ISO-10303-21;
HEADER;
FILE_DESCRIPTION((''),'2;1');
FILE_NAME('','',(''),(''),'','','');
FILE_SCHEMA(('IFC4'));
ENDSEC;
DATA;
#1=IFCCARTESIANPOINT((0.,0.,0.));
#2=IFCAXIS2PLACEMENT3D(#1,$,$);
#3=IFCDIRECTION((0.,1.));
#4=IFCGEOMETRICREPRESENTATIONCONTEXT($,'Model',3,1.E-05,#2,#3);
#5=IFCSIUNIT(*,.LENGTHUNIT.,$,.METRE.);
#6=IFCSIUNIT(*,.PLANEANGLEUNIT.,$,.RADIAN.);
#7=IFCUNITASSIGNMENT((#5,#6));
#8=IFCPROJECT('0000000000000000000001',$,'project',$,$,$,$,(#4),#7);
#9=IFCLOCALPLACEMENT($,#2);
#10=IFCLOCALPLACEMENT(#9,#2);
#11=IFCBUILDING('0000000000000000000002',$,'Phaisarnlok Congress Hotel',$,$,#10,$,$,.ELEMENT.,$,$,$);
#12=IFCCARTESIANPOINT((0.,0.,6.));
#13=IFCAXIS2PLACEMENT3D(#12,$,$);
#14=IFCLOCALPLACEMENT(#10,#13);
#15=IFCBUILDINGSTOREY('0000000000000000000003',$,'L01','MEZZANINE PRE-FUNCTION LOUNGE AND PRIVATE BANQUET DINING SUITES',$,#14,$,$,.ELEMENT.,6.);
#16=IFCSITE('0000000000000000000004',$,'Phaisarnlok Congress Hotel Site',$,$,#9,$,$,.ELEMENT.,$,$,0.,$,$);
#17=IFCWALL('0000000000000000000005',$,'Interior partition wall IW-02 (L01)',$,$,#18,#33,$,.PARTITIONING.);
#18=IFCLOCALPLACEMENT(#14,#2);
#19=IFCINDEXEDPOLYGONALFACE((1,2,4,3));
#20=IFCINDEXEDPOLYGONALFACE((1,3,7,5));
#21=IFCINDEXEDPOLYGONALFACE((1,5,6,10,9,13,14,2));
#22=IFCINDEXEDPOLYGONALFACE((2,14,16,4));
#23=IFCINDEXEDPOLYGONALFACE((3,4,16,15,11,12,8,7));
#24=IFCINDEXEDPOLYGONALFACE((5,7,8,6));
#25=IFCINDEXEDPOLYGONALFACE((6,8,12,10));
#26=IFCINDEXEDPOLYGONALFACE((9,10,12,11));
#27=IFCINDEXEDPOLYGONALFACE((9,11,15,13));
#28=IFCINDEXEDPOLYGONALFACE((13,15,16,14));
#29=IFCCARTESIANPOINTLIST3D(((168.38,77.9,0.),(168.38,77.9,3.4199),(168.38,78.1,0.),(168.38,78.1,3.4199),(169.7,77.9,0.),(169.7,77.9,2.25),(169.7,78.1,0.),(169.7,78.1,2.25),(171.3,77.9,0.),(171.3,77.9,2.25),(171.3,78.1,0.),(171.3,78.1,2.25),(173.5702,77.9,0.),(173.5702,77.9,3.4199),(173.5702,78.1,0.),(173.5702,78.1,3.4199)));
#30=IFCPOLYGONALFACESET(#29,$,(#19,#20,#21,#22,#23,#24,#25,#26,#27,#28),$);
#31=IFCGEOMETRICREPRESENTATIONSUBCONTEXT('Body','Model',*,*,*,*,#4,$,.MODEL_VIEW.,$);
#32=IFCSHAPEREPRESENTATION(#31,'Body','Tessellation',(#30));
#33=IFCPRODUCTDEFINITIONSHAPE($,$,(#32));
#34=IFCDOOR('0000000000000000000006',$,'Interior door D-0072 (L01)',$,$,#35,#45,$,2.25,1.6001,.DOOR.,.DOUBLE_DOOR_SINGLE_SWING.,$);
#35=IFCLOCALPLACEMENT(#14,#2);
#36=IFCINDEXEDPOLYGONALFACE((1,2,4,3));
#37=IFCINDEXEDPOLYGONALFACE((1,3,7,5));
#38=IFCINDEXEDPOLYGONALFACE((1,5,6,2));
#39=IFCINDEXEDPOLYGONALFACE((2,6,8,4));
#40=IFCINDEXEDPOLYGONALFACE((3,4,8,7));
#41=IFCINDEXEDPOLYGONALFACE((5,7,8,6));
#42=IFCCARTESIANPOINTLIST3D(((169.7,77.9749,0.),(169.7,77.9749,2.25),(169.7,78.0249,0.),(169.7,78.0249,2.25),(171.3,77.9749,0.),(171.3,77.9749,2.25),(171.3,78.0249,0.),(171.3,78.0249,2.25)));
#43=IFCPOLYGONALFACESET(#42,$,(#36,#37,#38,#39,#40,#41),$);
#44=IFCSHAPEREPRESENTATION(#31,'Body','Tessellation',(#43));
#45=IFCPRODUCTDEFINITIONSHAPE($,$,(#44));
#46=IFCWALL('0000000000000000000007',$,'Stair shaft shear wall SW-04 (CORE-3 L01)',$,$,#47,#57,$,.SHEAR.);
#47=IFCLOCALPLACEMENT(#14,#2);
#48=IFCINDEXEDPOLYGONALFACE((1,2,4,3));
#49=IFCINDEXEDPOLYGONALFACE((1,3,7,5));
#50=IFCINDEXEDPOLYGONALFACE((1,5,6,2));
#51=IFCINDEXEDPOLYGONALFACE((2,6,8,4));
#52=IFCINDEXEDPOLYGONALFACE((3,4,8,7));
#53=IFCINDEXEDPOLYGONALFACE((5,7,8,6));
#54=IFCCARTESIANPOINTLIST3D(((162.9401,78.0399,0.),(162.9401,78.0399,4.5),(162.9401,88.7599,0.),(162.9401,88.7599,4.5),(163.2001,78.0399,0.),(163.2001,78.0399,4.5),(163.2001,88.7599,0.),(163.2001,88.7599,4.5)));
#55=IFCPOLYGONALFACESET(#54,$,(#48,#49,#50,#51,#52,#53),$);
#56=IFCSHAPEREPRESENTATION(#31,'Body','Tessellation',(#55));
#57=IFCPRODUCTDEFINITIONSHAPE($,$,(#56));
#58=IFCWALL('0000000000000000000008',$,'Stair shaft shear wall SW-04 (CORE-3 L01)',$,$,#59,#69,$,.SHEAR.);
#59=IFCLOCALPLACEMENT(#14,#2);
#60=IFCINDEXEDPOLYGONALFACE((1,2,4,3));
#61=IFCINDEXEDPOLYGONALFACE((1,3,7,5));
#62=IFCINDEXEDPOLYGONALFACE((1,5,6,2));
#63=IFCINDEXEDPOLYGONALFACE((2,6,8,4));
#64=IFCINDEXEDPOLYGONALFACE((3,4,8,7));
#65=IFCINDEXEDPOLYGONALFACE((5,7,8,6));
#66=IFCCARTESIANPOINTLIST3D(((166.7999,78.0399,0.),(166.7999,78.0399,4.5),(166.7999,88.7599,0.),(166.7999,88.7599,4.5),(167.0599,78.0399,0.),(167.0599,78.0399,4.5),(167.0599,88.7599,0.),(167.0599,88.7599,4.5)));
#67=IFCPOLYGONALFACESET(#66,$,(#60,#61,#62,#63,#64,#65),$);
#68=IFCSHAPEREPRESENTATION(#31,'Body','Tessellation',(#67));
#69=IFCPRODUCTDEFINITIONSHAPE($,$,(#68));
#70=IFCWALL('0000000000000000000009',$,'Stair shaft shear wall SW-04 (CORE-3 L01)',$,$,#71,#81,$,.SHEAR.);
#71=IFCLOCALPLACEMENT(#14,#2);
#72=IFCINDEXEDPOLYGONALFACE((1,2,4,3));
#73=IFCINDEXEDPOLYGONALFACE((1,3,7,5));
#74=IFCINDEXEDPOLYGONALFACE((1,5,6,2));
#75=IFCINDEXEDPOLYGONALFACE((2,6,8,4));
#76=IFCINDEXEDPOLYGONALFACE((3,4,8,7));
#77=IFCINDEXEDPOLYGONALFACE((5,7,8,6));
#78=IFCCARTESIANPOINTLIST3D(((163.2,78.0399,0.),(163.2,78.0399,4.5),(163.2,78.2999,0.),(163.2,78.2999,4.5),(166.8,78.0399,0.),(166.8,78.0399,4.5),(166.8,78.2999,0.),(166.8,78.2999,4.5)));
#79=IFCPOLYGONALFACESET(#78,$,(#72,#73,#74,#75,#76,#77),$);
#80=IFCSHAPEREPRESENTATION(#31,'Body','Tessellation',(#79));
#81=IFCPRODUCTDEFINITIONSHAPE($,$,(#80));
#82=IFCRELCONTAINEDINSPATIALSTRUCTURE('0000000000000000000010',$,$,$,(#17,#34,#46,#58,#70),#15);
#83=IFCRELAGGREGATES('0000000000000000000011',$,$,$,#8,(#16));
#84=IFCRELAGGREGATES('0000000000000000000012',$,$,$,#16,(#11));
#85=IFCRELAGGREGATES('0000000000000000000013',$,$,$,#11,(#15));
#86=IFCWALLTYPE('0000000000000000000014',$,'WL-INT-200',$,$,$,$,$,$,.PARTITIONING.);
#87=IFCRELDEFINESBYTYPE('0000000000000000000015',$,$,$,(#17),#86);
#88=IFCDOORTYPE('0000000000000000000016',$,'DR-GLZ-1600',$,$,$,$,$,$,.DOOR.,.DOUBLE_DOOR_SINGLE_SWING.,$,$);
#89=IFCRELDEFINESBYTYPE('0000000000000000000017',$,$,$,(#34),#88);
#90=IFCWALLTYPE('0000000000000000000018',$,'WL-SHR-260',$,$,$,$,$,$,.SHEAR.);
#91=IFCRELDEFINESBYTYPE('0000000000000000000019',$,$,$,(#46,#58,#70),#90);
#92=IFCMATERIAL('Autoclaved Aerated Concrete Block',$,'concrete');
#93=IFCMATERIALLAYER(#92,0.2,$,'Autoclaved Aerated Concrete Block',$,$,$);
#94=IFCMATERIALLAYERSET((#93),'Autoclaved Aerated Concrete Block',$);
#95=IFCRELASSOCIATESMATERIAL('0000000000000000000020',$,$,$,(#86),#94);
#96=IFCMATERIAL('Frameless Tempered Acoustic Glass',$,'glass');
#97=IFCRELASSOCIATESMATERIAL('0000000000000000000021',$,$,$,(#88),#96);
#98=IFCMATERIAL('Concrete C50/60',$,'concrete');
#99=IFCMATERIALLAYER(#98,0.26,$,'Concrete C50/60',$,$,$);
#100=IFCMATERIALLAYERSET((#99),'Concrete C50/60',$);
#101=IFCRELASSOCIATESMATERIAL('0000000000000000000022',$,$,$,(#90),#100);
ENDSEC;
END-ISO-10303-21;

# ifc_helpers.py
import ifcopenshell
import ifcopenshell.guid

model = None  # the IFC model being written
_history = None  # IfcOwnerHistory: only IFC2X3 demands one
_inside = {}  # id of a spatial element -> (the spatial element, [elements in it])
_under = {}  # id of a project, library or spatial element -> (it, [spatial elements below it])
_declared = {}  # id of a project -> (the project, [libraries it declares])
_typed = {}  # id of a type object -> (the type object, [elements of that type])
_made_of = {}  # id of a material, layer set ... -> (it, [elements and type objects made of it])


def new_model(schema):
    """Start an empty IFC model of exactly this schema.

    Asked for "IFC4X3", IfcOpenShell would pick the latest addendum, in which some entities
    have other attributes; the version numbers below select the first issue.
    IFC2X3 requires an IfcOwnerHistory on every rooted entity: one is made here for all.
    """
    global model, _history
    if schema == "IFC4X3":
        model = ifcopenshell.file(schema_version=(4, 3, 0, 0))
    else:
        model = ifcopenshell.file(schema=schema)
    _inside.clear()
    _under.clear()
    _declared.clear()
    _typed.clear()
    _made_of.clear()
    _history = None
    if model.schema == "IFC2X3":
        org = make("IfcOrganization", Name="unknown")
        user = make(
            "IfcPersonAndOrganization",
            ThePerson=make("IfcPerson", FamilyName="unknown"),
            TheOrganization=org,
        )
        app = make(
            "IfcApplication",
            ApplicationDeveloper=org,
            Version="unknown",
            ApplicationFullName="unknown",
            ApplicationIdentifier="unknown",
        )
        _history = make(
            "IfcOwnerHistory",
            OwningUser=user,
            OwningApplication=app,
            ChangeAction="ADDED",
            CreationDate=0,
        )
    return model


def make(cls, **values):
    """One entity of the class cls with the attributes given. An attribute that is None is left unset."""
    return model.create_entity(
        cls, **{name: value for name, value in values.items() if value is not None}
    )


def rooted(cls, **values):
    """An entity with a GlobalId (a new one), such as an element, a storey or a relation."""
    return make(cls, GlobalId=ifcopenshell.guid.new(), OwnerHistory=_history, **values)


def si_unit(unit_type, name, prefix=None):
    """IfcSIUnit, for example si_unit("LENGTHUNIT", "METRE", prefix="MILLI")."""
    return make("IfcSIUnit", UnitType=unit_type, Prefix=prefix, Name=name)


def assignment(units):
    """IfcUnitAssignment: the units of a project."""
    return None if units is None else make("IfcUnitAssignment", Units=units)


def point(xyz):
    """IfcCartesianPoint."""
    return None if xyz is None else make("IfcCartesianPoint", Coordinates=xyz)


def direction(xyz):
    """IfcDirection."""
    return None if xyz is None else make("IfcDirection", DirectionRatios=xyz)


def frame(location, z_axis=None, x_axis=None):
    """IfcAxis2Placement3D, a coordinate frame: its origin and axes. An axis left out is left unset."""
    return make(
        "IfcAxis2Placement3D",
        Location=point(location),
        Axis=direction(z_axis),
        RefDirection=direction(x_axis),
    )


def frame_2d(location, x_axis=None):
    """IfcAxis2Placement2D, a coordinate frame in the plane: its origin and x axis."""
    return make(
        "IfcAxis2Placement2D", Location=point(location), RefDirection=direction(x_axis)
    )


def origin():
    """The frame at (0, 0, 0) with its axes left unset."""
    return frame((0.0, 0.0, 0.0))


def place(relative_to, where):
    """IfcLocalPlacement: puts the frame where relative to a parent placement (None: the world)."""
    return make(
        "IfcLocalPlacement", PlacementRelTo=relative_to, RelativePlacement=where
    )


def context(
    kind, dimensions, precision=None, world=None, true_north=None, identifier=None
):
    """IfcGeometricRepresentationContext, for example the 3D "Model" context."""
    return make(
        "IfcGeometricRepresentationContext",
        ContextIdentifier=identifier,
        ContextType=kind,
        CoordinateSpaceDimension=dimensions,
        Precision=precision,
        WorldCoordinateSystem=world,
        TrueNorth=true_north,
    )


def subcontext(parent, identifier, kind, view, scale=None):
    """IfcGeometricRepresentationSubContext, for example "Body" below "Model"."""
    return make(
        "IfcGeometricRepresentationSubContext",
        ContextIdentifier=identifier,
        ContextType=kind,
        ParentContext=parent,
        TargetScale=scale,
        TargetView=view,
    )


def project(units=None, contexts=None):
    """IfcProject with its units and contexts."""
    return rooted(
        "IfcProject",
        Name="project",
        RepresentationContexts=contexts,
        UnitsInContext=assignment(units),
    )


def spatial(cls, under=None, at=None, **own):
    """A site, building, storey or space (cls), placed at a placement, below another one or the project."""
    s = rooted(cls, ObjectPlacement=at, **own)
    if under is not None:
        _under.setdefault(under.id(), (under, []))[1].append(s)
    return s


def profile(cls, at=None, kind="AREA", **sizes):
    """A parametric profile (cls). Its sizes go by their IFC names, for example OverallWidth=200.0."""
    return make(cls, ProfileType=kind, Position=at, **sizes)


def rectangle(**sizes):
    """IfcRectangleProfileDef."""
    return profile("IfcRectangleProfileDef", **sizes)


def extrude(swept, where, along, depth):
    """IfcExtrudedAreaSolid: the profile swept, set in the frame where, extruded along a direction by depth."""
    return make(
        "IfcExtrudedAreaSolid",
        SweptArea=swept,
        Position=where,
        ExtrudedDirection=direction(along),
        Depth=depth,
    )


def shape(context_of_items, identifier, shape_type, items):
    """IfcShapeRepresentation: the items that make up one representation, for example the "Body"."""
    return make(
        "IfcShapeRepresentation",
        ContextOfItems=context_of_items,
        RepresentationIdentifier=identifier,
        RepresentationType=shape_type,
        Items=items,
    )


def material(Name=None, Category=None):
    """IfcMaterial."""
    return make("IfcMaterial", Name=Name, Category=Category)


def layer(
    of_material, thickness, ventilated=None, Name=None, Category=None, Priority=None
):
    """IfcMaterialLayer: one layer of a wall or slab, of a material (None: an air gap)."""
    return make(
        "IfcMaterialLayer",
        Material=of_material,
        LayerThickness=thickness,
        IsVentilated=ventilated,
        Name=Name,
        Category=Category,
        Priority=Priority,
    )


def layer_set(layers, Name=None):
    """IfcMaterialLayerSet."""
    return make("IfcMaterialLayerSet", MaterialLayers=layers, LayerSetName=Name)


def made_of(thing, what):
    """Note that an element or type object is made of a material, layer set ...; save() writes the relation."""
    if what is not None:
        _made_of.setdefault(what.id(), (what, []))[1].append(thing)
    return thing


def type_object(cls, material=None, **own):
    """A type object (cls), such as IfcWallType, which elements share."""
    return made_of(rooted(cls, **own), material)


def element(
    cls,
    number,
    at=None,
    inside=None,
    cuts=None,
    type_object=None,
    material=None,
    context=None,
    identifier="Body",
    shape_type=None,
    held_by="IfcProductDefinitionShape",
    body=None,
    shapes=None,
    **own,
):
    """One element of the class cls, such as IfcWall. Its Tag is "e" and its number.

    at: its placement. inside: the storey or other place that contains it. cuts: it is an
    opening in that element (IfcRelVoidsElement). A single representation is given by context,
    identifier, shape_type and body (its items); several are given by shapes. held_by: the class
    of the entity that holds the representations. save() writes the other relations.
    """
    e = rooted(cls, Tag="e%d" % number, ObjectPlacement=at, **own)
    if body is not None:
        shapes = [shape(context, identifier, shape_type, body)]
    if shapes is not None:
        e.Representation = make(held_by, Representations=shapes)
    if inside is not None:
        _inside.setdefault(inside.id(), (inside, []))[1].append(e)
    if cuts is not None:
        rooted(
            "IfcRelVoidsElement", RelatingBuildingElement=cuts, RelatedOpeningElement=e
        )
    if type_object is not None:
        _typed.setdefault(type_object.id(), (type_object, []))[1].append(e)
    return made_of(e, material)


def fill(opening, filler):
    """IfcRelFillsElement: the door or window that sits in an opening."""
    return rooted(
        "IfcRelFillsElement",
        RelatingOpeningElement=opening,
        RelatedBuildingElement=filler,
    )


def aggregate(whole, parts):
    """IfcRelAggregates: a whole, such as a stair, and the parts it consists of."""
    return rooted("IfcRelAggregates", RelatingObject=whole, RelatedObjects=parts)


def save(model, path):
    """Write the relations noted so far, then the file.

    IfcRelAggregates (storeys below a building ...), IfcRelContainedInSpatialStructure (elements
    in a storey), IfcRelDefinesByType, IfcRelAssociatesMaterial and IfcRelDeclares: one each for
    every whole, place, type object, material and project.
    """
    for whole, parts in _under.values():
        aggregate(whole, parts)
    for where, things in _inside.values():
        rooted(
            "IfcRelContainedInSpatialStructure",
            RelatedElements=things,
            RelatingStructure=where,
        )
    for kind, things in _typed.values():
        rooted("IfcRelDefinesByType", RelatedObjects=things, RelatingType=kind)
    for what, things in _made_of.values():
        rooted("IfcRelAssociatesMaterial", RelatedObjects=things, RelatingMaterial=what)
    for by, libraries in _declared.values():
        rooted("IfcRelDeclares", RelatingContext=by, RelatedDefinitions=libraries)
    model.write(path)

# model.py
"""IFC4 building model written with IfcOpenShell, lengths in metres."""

from ifc_helpers import new_model, si_unit, direction, frame, frame_2d, origin, place, context, subcontext, project, spatial, rectangle, extrude, material, layer, layer_set, type_object, element, fill, save


model = new_model("IFC4")

# Units and contexts
model_context = context("Model", 3, precision=1e-05, world=origin(), true_north=direction((0.0, 1.0)))
body_context = subcontext(model_context, "Body", "Model", "MODEL_VIEW")
ifc_project = project(units=[si_unit("LENGTHUNIT", "METRE"), si_unit("PLANEANGLEUNIT", "RADIAN")], contexts=[model_context])

# Site, building, storey
site_placement = place(None, origin())
site = spatial("IfcSite", under=ifc_project, at=site_placement, Name="Phaisarnlok Congress Hotel Site", CompositionType="ELEMENT", RefElevation=0.0)
building_placement = place(site_placement, origin())
building = spatial("IfcBuilding", under=site, at=building_placement, Name="Phaisarnlok Congress Hotel", CompositionType="ELEMENT")
storey_placement = place(building_placement, frame((0.0, 0.0, 6.0)))
storey = spatial("IfcBuildingStorey", under=building, at=storey_placement, Name="L01", Description="MEZZANINE PRE-FUNCTION LOUNGE AND PRIVATE BANQUET DINING SUITES", CompositionType="ELEMENT", Elevation=6.0)

# Shared definitions
ifc_material_1 = material(Name="Concrete C50/60", Category="concrete")

# Wall, opening, door
ifc_material_2 = material(Name="Autoclaved Aerated Concrete Block", Category="concrete")
ifc_layer_1 = layer(ifc_material_2, 0.2, Name="Autoclaved Aerated Concrete Block")
ifc_layer_set_1 = layer_set([ifc_layer_1], Name="Autoclaved Aerated Concrete Block")
wall_type_1 = type_object("IfcWallType", Name="WL-INT-200", PredefinedType="PARTITIONING", material=ifc_layer_set_1)
wall_1_placement = place(storey_placement, frame((168.3799, 78.0, 0.0), z_axis=(0.0, 0.0, 1.0), x_axis=(1.0, 0.0, 0.0)))
wall_1 = element("IfcWall", 1, at=wall_1_placement, inside=storey, type_object=wall_type_1, Name="Interior partition wall IW-02 (L01)", PredefinedType="PARTITIONING", context=body_context, shape_type="SweptSolid", body=[
    extrude(rectangle(XDim=5.1902, YDim=0.2, at=frame_2d((2.5952, 0.0))), origin(), (0.0, 0.0, 1.0), 3.4199),
])
opening_placement = place(wall_1_placement, frame((1.3201, 0.0, 0.0)))
opening = element("IfcOpeningElement", 2, at=opening_placement, cuts=wall_1, PredefinedType="OPENING", context=body_context, shape_type="SweptSolid", body=[
    extrude(rectangle(XDim=1.6001, YDim=2.25, at=frame_2d((0.8, 1.125))), frame((0.0, 0.1099, 0.0), z_axis=(0.0, -1.0, 0.0), x_axis=(1.0, 0.0, 0.0)), (0.0, 0.0, 1.0), 0.22),
])
ifc_material_3 = material(Name="Frameless Tempered Acoustic Glass", Category="glass")
door_type = type_object("IfcDoorType", Name="DR-GLZ-1600", OperationType="DOUBLE_DOOR_SINGLE_SWING", PredefinedType="DOOR", material=ifc_material_3)
door_placement = place(opening_placement, origin())
door = element("IfcDoor", 3, at=door_placement, inside=storey, type_object=door_type, Name="Interior door D-0072 (L01)", OperationType="DOUBLE_DOOR_SINGLE_SWING", OverallHeight=2.25, OverallWidth=1.6001, PredefinedType="DOOR", context=body_context, shape_type="SweptSolid", body=[
    extrude(rectangle(XDim=1.6001, YDim=2.25, at=frame_2d((0.8, 1.125))), frame((0.0, 0.0249, 0.0), z_axis=(0.0, -1.0, 0.0), x_axis=(1.0, 0.0, 0.0)), (0.0, 0.0, 1.0), 0.05),
])
fill(opening, door)

# Walls
ifc_layer_2 = layer(ifc_material_1, 0.26, Name="Concrete C50/60")
ifc_layer_set_2 = layer_set([ifc_layer_2], Name="Concrete C50/60")
wall_type_2 = type_object("IfcWallType", Name="WL-SHR-260", PredefinedType="SHEAR", material=ifc_layer_set_2)
for number, where, z_axis, x_axis, name in (
    (4, (163.0701, 78.04, 0.0), (0.0, 0.0, 1.0), (0.0, 1.0, 0.0), "Stair shaft shear wall SW-04 (CORE-3 L01)"),
    (5, (166.9299, 78.04, 0.0), (0.0, 0.0, 1.0), (0.0, 1.0, 0.0), "Stair shaft shear wall SW-04 (CORE-3 L01)"),
):
    element("IfcWall", number, at=place(storey_placement, frame(where, z_axis=z_axis, x_axis=x_axis)), inside=storey, type_object=wall_type_2, Name=name, PredefinedType="SHEAR", context=body_context, shape_type="SweptSolid", body=[
        extrude(rectangle(XDim=10.72, YDim=0.26, at=frame_2d((5.3599, 0.0))), origin(), (0.0, 0.0, 1.0), 4.5),
    ])
wall_2_placement = place(storey_placement, frame((163.2, 78.1699, 0.0), z_axis=(0.0, 0.0, 1.0), x_axis=(1.0, 0.0, 0.0)))
element("IfcWall", 6, at=wall_2_placement, inside=storey, type_object=wall_type_2, Name="Stair shaft shear wall SW-04 (CORE-3 L01)", PredefinedType="SHEAR", context=body_context, shape_type="SweptSolid", body=[
    extrude(rectangle(XDim=3.6001, YDim=0.26, at=frame_2d((1.8, 0.0))), origin(), (0.0, 0.0, 1.0), 4.5),
])

save(model, "model.ifc")
